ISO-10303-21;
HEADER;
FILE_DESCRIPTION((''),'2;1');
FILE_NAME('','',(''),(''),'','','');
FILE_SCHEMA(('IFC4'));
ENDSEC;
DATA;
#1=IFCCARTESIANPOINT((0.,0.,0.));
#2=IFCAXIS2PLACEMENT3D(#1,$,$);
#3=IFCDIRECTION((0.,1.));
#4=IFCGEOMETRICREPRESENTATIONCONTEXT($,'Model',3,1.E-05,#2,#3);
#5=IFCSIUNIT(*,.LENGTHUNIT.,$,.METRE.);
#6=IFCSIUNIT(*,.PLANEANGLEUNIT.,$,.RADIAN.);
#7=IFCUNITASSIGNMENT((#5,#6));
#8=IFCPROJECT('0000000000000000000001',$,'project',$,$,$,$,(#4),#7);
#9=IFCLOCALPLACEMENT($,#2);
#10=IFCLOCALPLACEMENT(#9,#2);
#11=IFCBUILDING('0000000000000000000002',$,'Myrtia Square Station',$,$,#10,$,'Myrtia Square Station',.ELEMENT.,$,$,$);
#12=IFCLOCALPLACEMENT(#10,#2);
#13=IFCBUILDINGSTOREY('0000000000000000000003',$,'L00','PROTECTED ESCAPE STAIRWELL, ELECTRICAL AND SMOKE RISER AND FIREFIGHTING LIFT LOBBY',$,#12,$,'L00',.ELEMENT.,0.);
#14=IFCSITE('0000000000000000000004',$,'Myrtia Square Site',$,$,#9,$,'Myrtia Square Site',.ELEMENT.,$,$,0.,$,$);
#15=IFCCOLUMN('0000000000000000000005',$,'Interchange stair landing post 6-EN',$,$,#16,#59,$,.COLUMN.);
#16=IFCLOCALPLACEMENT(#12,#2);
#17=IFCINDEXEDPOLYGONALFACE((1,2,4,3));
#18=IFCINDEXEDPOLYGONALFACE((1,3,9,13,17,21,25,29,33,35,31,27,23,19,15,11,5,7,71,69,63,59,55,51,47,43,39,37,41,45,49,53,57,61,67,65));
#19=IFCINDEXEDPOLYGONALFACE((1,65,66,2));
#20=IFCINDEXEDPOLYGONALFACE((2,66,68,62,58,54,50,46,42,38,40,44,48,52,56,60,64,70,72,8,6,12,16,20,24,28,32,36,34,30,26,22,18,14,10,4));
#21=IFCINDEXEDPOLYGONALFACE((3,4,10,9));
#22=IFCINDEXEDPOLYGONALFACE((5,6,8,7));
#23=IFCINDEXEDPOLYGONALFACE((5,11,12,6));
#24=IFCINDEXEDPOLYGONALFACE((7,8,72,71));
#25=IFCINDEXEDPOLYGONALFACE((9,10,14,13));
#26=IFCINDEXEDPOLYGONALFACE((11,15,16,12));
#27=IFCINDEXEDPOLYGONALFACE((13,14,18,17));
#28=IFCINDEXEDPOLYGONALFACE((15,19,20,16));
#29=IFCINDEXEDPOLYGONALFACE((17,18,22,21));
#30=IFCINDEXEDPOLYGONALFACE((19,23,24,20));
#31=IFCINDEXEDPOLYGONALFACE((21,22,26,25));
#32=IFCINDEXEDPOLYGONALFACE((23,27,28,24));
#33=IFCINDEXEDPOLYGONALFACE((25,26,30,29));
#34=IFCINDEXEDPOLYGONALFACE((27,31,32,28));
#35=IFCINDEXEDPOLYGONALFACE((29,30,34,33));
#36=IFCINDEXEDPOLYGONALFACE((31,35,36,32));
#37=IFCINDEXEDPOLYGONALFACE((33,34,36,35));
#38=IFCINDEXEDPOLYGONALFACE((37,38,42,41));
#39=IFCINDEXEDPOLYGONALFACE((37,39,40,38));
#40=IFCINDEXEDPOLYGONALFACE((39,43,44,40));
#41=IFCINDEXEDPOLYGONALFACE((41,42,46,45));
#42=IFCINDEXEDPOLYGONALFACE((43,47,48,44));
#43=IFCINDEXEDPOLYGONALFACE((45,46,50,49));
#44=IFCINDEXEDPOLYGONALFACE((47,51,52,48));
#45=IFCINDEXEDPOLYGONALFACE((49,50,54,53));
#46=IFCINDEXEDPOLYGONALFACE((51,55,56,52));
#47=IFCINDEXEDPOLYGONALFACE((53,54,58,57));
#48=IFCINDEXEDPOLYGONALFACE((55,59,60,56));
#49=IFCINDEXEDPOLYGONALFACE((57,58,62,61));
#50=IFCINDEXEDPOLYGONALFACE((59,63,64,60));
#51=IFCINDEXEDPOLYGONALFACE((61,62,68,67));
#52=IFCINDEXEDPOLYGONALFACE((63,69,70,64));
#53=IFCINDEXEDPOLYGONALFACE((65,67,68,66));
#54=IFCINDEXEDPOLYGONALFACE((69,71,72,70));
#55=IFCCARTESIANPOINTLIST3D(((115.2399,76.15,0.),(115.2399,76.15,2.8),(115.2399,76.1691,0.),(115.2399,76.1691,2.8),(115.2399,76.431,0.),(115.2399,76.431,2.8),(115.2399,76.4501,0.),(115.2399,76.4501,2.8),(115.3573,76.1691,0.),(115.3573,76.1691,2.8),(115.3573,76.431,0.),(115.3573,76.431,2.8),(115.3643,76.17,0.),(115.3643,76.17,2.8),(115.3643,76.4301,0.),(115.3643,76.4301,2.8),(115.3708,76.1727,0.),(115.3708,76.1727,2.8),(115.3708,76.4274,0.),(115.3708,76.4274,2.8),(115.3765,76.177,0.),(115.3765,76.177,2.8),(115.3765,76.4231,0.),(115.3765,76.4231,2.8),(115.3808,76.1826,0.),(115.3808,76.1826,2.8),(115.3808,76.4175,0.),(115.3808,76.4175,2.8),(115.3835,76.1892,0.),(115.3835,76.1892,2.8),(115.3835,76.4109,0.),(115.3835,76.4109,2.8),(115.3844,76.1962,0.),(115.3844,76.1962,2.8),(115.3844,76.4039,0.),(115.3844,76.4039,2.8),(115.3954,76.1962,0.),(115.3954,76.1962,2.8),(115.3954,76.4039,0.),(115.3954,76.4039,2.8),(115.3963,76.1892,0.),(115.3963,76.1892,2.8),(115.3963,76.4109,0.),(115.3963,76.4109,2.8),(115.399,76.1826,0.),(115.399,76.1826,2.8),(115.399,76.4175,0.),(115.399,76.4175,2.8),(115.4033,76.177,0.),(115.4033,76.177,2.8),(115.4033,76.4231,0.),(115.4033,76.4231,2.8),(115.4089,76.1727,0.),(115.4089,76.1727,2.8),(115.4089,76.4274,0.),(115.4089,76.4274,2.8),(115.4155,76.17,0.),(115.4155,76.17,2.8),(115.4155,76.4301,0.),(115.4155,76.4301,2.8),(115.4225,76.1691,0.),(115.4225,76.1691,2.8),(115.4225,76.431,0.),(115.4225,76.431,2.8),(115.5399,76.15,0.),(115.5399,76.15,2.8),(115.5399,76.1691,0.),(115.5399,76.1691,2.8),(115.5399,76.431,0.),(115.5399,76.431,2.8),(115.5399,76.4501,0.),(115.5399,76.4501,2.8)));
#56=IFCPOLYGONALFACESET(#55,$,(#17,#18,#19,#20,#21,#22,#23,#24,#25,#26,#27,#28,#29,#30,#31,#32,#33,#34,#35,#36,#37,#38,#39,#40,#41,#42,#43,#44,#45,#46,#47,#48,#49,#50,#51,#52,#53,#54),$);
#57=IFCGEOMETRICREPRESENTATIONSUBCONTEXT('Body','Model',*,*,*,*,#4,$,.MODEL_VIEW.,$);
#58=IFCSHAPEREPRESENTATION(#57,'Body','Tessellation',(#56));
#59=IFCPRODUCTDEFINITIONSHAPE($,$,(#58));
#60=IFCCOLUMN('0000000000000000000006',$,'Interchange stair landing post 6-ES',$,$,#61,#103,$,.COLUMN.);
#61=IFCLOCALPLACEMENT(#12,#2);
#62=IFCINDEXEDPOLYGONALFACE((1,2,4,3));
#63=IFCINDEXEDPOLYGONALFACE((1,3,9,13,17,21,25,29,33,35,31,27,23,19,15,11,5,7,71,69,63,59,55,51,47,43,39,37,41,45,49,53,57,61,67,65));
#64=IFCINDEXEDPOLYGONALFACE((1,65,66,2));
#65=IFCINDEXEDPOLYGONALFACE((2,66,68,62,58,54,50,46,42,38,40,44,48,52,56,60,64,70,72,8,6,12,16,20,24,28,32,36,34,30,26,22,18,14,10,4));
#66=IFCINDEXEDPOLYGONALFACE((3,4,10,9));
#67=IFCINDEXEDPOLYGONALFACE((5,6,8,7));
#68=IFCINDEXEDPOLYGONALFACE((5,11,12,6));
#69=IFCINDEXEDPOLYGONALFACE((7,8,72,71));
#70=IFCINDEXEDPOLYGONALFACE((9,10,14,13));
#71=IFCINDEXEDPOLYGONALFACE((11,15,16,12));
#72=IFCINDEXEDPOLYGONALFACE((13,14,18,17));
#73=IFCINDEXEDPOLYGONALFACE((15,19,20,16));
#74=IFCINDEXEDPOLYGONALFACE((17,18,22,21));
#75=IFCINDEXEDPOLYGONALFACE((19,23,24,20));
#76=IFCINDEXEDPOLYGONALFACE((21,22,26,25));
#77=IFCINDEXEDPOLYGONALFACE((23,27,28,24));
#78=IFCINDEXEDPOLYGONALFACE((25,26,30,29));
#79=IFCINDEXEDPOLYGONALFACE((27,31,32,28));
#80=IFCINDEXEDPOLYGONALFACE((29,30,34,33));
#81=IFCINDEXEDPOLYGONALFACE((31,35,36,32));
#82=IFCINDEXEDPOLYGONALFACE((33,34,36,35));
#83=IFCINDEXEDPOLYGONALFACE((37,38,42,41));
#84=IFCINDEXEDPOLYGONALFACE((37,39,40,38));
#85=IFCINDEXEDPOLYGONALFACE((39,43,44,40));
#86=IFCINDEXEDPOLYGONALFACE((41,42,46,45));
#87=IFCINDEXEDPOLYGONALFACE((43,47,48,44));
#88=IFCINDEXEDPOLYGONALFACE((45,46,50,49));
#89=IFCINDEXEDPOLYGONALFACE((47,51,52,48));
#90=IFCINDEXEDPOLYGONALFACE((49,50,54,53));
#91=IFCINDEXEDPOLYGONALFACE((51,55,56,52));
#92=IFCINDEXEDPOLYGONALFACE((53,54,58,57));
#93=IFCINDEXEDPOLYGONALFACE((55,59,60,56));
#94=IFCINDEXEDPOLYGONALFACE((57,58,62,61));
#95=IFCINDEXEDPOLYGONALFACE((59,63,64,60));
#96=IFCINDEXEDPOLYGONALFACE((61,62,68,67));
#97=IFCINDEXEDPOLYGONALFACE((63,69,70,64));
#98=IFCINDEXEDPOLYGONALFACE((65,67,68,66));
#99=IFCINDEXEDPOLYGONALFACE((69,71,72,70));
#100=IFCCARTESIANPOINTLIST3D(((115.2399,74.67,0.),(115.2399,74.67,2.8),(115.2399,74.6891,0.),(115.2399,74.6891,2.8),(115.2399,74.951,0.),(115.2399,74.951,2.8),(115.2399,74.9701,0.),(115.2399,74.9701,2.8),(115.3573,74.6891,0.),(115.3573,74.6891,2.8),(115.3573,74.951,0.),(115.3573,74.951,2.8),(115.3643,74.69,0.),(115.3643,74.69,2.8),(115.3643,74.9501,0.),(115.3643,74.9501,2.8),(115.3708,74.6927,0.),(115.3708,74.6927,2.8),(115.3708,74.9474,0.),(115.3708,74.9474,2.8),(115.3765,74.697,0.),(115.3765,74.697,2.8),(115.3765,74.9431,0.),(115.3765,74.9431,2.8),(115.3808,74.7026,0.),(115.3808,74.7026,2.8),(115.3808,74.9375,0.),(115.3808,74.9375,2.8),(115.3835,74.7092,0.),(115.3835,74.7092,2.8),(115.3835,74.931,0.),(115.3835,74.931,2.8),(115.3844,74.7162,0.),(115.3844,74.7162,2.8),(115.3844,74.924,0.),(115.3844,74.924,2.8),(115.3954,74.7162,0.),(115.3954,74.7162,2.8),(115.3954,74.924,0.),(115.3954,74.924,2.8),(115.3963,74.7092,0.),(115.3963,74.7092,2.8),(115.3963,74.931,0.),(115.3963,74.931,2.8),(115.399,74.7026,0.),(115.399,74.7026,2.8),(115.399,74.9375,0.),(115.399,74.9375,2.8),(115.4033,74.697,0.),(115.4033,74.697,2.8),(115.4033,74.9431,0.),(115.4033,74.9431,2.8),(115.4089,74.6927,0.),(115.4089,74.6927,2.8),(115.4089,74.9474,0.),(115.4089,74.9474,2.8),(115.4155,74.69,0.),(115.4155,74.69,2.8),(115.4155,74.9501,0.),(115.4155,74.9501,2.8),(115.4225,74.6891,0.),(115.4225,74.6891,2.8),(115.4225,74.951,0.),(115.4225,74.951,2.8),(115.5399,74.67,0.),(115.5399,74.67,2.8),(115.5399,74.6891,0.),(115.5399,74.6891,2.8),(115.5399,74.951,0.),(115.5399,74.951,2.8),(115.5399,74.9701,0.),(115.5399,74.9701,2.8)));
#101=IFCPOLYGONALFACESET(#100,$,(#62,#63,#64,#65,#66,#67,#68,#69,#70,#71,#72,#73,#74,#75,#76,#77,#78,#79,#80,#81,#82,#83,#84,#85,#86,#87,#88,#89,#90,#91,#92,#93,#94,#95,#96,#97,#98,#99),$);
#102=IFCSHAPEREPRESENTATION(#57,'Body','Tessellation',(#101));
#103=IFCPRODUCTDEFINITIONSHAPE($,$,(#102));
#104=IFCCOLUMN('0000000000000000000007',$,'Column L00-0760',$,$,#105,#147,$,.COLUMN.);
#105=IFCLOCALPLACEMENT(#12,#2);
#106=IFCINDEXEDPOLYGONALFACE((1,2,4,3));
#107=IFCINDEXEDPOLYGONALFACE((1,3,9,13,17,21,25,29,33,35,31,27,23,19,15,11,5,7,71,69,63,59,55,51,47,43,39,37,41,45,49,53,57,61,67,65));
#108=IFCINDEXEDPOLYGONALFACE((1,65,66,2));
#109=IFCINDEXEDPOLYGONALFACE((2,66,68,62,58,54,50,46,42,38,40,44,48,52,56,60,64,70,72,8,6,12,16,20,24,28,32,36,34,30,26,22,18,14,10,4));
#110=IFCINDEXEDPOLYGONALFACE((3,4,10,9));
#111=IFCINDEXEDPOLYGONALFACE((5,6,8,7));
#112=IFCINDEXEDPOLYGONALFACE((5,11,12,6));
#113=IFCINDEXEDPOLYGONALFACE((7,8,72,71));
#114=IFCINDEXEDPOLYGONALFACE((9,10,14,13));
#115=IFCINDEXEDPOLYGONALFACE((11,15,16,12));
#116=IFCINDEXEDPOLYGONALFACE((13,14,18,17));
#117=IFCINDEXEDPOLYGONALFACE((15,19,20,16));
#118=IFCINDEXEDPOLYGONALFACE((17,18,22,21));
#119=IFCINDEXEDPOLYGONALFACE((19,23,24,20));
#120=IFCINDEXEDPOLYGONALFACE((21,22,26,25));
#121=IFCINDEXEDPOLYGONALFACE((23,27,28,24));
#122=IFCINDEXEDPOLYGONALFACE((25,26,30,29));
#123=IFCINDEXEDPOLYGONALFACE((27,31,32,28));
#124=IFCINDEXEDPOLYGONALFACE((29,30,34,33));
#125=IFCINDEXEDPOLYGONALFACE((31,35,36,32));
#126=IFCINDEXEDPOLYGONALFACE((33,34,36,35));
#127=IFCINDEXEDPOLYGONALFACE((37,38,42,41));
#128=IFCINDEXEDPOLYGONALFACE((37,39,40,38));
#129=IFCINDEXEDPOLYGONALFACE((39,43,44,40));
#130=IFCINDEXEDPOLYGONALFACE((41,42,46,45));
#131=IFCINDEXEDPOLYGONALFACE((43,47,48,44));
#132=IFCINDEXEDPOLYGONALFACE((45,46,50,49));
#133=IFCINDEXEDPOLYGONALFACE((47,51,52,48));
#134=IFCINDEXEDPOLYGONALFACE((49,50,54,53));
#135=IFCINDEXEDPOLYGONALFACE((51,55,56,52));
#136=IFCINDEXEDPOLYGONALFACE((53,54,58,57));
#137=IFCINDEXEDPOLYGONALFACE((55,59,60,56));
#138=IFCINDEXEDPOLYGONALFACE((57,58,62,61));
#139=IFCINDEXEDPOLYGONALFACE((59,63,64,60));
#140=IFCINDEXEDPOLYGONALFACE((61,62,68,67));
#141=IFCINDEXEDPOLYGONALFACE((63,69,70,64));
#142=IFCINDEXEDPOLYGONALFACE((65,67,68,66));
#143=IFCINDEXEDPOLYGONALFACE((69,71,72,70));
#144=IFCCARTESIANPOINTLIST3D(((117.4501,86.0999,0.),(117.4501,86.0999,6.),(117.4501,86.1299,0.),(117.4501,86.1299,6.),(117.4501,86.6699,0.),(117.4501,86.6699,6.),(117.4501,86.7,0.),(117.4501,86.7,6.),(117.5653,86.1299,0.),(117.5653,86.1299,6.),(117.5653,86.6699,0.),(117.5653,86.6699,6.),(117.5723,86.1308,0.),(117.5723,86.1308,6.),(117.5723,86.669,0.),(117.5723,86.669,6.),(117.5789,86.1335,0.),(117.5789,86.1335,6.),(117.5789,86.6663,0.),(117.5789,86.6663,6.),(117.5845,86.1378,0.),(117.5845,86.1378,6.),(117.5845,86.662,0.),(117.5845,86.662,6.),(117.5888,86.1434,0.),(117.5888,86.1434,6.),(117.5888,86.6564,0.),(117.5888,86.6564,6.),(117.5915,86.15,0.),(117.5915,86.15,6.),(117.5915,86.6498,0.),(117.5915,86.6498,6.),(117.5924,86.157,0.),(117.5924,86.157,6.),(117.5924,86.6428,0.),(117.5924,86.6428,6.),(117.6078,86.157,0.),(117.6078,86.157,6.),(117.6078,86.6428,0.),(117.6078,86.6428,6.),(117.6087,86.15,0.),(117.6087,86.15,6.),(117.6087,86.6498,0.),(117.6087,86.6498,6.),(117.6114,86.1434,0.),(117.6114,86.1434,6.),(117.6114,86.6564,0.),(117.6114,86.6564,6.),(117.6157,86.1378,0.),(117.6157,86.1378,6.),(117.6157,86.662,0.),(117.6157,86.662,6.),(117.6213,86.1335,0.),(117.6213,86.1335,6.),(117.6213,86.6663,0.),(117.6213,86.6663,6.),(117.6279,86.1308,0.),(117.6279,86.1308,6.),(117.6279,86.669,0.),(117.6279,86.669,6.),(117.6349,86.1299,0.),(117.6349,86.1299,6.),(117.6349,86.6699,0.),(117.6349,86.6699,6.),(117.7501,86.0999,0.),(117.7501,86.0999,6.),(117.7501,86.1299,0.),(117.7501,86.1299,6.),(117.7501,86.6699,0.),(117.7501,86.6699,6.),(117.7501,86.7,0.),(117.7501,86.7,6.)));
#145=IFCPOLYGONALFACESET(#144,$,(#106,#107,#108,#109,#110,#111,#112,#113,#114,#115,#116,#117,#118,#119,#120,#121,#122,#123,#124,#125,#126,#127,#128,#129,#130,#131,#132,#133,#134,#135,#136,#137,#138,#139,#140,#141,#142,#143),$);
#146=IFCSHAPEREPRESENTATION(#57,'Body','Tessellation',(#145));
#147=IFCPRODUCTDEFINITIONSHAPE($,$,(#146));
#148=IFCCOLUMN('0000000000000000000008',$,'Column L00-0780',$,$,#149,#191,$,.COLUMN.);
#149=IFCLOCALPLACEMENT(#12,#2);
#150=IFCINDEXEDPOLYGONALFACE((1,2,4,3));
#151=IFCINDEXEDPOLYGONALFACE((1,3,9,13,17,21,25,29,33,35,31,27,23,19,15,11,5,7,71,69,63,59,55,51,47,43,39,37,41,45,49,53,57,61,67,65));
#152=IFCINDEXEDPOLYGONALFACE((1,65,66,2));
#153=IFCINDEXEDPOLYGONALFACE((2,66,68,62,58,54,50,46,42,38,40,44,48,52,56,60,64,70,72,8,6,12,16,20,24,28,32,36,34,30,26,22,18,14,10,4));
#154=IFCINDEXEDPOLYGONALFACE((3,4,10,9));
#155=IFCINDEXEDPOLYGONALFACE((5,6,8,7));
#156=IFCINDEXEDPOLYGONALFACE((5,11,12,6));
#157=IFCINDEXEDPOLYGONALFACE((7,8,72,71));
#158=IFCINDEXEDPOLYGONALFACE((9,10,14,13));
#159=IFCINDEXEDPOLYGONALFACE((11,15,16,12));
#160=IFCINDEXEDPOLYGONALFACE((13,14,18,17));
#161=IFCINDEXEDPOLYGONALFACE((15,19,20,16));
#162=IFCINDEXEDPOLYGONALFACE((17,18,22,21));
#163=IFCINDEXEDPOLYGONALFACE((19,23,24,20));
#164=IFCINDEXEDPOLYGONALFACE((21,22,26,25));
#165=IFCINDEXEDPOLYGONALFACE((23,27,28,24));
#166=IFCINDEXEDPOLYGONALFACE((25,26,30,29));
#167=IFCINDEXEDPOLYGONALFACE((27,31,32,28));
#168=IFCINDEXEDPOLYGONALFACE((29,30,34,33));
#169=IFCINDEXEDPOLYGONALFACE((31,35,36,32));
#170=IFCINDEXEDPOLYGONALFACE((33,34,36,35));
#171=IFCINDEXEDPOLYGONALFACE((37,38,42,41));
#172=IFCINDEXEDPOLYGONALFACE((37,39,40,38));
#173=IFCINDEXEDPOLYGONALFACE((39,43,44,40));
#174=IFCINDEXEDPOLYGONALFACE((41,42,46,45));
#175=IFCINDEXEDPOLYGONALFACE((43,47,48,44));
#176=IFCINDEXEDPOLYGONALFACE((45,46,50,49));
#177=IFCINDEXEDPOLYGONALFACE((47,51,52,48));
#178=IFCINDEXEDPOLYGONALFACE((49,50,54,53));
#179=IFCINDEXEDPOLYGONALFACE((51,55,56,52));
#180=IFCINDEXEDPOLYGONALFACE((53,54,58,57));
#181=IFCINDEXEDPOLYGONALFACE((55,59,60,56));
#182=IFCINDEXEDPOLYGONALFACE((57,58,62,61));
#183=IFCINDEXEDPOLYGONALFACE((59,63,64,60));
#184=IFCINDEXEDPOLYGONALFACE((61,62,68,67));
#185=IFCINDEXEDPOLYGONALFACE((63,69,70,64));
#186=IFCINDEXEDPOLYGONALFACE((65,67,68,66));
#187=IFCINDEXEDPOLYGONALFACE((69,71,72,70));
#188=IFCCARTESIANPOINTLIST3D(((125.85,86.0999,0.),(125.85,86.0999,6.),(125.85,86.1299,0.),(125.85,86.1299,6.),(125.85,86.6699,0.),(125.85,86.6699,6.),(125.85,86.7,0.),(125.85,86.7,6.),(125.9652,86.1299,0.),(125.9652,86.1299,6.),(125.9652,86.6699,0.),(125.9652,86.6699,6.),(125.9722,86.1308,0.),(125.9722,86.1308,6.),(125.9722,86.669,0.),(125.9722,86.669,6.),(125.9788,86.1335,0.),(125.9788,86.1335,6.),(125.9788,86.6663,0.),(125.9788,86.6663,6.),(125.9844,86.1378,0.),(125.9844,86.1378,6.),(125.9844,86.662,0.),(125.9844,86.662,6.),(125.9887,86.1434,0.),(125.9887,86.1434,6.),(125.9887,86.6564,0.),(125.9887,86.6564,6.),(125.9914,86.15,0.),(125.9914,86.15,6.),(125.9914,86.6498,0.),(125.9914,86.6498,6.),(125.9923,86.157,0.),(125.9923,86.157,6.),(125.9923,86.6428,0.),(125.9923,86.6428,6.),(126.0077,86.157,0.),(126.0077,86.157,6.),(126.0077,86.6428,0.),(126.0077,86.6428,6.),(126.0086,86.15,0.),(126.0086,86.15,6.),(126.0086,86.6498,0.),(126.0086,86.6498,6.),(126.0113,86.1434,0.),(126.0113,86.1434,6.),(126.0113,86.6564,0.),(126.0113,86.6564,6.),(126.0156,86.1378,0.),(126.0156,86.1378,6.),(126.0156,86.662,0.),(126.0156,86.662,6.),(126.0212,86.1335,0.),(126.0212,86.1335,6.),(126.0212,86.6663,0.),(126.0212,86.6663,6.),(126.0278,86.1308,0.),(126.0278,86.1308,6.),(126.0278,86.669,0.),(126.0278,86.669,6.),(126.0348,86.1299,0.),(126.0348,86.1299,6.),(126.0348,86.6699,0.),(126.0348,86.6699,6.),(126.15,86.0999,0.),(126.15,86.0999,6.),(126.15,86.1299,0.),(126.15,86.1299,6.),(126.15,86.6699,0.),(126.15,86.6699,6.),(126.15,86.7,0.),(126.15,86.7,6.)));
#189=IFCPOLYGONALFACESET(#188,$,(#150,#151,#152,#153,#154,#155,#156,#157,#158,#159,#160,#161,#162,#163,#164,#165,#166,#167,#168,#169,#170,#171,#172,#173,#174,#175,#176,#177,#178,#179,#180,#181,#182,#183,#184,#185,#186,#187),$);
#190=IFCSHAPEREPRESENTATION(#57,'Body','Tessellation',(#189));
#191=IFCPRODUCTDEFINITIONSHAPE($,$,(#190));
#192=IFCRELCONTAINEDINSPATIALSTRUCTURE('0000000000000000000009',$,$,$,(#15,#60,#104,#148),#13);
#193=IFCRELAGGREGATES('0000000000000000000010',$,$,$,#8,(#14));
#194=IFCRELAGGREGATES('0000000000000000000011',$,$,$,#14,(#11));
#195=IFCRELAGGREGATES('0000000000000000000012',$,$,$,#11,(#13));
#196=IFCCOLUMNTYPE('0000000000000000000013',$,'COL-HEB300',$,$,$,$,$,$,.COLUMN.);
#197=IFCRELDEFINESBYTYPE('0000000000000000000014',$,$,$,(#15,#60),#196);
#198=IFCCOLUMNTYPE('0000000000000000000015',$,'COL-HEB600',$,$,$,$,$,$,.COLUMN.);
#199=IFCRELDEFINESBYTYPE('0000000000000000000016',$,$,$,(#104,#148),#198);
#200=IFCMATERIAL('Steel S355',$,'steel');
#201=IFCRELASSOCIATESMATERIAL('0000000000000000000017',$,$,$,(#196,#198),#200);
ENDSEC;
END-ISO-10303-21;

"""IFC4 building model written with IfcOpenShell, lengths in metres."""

from ifc_helpers import new_model, si_unit, direction, frame, origin, origin_2d, place, context, subcontext, project, spatial, i_section, extrude, material, material_profile, profile_set, type_object, element, save


model = new_model("IFC4")

# Units and contexts
model_context = context("Model", 3, precision=1e-05, world=origin(), true_north=direction((0.0, 1.0)))
body_context = subcontext(model_context, "Body", "Model", "MODEL_VIEW")
ifc_project = project(units=[si_unit("LENGTHUNIT", "METRE"), si_unit("PLANEANGLEUNIT", "RADIAN")], contexts=[model_context])

# Site, building, storey
site_placement = place(None, origin())
site = spatial("IfcSite", under=ifc_project, at=site_placement, Name="Myrtia Square Site", LongName="Myrtia Square Site", CompositionType="ELEMENT", RefElevation=0.0)
building_placement = place(site_placement, origin())
building = spatial("IfcBuilding", under=site, at=building_placement, Name="Myrtia Square Station", LongName="Myrtia Square Station", CompositionType="ELEMENT")
storey_placement = place(building_placement, origin())
storey = spatial("IfcBuildingStorey", under=building, at=storey_placement, Name="L00", Description="PROTECTED ESCAPE STAIRWELL, ELECTRICAL AND SMOKE RISER AND FIREFIGHTING LIFT LOBBY", LongName="L00", CompositionType="ELEMENT", Elevation=0.0)

# Columns
ifc_material_1 = material(Name="Steel S355", Category="steel")
ifc_material_profile_1 = material_profile(ifc_material_1, i_section(OverallWidth=0.3, OverallDepth=0.3, WebThickness=0.011, FlangeThickness=0.019, FilletRadius=0.0271, at=origin_2d()), Name="HEB 300")
ifc_profile_set_1 = profile_set([ifc_material_profile_1], Name="Steel S355")
column_type_1 = type_object("IfcColumnType", Name="COL-HEB300", PredefinedType="COLUMN", material=ifc_profile_set_1)
for number, where, z_axis, x_axis, name in (
    (1, (115.3899, 76.3, 0.0), (0.0, 0.0, 1.0), (1.0, 0.0, 0.0), "Interchange stair landing post 6-EN"),
    (2, (115.3899, 74.8201, 0.0), (0.0, 0.0, 1.0), (1.0, 0.0, 0.0), "Interchange stair landing post 6-ES"),
):
    element("IfcColumn", number, at=place(storey_placement, frame(where, z_axis=z_axis, x_axis=x_axis)), inside=storey, type_object=column_type_1, Name=name, PredefinedType="COLUMN", context=body_context, shape_type="SweptSolid", body=[
        extrude(i_section(OverallWidth=0.3, OverallDepth=0.3, WebThickness=0.011, FlangeThickness=0.019, FilletRadius=0.0271, at=origin_2d()), origin(), (0.0, 0.0, 1.0), 2.8),
    ])
ifc_material_profile_2 = material_profile(ifc_material_1, i_section(OverallWidth=0.3, OverallDepth=0.6001, WebThickness=0.0154, FlangeThickness=0.03, FilletRadius=0.0271, at=origin_2d()), Name="HEB 600")
ifc_profile_set_2 = profile_set([ifc_material_profile_2], Name="Steel S355")
column_type_2 = type_object("IfcColumnType", Name="COL-HEB600", PredefinedType="COLUMN", material=ifc_profile_set_2)
for number, where, z_axis, x_axis, name in (
    (3, (117.6001, 86.3999, 0.0), (0.0, 0.0, 1.0), (1.0, 0.0, 0.0), "Column L00-0760"),
    (4, (126.0, 86.3999, 0.0), (0.0, 0.0, 1.0), (1.0, 0.0, 0.0), "Column L00-0780"),
):
    element("IfcColumn", number, at=place(storey_placement, frame(where, z_axis=z_axis, x_axis=x_axis)), inside=storey, type_object=column_type_2, Name=name, PredefinedType="COLUMN", context=body_context, shape_type="SweptSolid", body=[
        extrude(i_section(OverallWidth=0.3, OverallDepth=0.6001, WebThickness=0.0154, FlangeThickness=0.03, FilletRadius=0.0271, at=origin_2d()), origin(), (0.0, 0.0, 1.0), 6.0),
    ])

save(model, "model.ifc")
